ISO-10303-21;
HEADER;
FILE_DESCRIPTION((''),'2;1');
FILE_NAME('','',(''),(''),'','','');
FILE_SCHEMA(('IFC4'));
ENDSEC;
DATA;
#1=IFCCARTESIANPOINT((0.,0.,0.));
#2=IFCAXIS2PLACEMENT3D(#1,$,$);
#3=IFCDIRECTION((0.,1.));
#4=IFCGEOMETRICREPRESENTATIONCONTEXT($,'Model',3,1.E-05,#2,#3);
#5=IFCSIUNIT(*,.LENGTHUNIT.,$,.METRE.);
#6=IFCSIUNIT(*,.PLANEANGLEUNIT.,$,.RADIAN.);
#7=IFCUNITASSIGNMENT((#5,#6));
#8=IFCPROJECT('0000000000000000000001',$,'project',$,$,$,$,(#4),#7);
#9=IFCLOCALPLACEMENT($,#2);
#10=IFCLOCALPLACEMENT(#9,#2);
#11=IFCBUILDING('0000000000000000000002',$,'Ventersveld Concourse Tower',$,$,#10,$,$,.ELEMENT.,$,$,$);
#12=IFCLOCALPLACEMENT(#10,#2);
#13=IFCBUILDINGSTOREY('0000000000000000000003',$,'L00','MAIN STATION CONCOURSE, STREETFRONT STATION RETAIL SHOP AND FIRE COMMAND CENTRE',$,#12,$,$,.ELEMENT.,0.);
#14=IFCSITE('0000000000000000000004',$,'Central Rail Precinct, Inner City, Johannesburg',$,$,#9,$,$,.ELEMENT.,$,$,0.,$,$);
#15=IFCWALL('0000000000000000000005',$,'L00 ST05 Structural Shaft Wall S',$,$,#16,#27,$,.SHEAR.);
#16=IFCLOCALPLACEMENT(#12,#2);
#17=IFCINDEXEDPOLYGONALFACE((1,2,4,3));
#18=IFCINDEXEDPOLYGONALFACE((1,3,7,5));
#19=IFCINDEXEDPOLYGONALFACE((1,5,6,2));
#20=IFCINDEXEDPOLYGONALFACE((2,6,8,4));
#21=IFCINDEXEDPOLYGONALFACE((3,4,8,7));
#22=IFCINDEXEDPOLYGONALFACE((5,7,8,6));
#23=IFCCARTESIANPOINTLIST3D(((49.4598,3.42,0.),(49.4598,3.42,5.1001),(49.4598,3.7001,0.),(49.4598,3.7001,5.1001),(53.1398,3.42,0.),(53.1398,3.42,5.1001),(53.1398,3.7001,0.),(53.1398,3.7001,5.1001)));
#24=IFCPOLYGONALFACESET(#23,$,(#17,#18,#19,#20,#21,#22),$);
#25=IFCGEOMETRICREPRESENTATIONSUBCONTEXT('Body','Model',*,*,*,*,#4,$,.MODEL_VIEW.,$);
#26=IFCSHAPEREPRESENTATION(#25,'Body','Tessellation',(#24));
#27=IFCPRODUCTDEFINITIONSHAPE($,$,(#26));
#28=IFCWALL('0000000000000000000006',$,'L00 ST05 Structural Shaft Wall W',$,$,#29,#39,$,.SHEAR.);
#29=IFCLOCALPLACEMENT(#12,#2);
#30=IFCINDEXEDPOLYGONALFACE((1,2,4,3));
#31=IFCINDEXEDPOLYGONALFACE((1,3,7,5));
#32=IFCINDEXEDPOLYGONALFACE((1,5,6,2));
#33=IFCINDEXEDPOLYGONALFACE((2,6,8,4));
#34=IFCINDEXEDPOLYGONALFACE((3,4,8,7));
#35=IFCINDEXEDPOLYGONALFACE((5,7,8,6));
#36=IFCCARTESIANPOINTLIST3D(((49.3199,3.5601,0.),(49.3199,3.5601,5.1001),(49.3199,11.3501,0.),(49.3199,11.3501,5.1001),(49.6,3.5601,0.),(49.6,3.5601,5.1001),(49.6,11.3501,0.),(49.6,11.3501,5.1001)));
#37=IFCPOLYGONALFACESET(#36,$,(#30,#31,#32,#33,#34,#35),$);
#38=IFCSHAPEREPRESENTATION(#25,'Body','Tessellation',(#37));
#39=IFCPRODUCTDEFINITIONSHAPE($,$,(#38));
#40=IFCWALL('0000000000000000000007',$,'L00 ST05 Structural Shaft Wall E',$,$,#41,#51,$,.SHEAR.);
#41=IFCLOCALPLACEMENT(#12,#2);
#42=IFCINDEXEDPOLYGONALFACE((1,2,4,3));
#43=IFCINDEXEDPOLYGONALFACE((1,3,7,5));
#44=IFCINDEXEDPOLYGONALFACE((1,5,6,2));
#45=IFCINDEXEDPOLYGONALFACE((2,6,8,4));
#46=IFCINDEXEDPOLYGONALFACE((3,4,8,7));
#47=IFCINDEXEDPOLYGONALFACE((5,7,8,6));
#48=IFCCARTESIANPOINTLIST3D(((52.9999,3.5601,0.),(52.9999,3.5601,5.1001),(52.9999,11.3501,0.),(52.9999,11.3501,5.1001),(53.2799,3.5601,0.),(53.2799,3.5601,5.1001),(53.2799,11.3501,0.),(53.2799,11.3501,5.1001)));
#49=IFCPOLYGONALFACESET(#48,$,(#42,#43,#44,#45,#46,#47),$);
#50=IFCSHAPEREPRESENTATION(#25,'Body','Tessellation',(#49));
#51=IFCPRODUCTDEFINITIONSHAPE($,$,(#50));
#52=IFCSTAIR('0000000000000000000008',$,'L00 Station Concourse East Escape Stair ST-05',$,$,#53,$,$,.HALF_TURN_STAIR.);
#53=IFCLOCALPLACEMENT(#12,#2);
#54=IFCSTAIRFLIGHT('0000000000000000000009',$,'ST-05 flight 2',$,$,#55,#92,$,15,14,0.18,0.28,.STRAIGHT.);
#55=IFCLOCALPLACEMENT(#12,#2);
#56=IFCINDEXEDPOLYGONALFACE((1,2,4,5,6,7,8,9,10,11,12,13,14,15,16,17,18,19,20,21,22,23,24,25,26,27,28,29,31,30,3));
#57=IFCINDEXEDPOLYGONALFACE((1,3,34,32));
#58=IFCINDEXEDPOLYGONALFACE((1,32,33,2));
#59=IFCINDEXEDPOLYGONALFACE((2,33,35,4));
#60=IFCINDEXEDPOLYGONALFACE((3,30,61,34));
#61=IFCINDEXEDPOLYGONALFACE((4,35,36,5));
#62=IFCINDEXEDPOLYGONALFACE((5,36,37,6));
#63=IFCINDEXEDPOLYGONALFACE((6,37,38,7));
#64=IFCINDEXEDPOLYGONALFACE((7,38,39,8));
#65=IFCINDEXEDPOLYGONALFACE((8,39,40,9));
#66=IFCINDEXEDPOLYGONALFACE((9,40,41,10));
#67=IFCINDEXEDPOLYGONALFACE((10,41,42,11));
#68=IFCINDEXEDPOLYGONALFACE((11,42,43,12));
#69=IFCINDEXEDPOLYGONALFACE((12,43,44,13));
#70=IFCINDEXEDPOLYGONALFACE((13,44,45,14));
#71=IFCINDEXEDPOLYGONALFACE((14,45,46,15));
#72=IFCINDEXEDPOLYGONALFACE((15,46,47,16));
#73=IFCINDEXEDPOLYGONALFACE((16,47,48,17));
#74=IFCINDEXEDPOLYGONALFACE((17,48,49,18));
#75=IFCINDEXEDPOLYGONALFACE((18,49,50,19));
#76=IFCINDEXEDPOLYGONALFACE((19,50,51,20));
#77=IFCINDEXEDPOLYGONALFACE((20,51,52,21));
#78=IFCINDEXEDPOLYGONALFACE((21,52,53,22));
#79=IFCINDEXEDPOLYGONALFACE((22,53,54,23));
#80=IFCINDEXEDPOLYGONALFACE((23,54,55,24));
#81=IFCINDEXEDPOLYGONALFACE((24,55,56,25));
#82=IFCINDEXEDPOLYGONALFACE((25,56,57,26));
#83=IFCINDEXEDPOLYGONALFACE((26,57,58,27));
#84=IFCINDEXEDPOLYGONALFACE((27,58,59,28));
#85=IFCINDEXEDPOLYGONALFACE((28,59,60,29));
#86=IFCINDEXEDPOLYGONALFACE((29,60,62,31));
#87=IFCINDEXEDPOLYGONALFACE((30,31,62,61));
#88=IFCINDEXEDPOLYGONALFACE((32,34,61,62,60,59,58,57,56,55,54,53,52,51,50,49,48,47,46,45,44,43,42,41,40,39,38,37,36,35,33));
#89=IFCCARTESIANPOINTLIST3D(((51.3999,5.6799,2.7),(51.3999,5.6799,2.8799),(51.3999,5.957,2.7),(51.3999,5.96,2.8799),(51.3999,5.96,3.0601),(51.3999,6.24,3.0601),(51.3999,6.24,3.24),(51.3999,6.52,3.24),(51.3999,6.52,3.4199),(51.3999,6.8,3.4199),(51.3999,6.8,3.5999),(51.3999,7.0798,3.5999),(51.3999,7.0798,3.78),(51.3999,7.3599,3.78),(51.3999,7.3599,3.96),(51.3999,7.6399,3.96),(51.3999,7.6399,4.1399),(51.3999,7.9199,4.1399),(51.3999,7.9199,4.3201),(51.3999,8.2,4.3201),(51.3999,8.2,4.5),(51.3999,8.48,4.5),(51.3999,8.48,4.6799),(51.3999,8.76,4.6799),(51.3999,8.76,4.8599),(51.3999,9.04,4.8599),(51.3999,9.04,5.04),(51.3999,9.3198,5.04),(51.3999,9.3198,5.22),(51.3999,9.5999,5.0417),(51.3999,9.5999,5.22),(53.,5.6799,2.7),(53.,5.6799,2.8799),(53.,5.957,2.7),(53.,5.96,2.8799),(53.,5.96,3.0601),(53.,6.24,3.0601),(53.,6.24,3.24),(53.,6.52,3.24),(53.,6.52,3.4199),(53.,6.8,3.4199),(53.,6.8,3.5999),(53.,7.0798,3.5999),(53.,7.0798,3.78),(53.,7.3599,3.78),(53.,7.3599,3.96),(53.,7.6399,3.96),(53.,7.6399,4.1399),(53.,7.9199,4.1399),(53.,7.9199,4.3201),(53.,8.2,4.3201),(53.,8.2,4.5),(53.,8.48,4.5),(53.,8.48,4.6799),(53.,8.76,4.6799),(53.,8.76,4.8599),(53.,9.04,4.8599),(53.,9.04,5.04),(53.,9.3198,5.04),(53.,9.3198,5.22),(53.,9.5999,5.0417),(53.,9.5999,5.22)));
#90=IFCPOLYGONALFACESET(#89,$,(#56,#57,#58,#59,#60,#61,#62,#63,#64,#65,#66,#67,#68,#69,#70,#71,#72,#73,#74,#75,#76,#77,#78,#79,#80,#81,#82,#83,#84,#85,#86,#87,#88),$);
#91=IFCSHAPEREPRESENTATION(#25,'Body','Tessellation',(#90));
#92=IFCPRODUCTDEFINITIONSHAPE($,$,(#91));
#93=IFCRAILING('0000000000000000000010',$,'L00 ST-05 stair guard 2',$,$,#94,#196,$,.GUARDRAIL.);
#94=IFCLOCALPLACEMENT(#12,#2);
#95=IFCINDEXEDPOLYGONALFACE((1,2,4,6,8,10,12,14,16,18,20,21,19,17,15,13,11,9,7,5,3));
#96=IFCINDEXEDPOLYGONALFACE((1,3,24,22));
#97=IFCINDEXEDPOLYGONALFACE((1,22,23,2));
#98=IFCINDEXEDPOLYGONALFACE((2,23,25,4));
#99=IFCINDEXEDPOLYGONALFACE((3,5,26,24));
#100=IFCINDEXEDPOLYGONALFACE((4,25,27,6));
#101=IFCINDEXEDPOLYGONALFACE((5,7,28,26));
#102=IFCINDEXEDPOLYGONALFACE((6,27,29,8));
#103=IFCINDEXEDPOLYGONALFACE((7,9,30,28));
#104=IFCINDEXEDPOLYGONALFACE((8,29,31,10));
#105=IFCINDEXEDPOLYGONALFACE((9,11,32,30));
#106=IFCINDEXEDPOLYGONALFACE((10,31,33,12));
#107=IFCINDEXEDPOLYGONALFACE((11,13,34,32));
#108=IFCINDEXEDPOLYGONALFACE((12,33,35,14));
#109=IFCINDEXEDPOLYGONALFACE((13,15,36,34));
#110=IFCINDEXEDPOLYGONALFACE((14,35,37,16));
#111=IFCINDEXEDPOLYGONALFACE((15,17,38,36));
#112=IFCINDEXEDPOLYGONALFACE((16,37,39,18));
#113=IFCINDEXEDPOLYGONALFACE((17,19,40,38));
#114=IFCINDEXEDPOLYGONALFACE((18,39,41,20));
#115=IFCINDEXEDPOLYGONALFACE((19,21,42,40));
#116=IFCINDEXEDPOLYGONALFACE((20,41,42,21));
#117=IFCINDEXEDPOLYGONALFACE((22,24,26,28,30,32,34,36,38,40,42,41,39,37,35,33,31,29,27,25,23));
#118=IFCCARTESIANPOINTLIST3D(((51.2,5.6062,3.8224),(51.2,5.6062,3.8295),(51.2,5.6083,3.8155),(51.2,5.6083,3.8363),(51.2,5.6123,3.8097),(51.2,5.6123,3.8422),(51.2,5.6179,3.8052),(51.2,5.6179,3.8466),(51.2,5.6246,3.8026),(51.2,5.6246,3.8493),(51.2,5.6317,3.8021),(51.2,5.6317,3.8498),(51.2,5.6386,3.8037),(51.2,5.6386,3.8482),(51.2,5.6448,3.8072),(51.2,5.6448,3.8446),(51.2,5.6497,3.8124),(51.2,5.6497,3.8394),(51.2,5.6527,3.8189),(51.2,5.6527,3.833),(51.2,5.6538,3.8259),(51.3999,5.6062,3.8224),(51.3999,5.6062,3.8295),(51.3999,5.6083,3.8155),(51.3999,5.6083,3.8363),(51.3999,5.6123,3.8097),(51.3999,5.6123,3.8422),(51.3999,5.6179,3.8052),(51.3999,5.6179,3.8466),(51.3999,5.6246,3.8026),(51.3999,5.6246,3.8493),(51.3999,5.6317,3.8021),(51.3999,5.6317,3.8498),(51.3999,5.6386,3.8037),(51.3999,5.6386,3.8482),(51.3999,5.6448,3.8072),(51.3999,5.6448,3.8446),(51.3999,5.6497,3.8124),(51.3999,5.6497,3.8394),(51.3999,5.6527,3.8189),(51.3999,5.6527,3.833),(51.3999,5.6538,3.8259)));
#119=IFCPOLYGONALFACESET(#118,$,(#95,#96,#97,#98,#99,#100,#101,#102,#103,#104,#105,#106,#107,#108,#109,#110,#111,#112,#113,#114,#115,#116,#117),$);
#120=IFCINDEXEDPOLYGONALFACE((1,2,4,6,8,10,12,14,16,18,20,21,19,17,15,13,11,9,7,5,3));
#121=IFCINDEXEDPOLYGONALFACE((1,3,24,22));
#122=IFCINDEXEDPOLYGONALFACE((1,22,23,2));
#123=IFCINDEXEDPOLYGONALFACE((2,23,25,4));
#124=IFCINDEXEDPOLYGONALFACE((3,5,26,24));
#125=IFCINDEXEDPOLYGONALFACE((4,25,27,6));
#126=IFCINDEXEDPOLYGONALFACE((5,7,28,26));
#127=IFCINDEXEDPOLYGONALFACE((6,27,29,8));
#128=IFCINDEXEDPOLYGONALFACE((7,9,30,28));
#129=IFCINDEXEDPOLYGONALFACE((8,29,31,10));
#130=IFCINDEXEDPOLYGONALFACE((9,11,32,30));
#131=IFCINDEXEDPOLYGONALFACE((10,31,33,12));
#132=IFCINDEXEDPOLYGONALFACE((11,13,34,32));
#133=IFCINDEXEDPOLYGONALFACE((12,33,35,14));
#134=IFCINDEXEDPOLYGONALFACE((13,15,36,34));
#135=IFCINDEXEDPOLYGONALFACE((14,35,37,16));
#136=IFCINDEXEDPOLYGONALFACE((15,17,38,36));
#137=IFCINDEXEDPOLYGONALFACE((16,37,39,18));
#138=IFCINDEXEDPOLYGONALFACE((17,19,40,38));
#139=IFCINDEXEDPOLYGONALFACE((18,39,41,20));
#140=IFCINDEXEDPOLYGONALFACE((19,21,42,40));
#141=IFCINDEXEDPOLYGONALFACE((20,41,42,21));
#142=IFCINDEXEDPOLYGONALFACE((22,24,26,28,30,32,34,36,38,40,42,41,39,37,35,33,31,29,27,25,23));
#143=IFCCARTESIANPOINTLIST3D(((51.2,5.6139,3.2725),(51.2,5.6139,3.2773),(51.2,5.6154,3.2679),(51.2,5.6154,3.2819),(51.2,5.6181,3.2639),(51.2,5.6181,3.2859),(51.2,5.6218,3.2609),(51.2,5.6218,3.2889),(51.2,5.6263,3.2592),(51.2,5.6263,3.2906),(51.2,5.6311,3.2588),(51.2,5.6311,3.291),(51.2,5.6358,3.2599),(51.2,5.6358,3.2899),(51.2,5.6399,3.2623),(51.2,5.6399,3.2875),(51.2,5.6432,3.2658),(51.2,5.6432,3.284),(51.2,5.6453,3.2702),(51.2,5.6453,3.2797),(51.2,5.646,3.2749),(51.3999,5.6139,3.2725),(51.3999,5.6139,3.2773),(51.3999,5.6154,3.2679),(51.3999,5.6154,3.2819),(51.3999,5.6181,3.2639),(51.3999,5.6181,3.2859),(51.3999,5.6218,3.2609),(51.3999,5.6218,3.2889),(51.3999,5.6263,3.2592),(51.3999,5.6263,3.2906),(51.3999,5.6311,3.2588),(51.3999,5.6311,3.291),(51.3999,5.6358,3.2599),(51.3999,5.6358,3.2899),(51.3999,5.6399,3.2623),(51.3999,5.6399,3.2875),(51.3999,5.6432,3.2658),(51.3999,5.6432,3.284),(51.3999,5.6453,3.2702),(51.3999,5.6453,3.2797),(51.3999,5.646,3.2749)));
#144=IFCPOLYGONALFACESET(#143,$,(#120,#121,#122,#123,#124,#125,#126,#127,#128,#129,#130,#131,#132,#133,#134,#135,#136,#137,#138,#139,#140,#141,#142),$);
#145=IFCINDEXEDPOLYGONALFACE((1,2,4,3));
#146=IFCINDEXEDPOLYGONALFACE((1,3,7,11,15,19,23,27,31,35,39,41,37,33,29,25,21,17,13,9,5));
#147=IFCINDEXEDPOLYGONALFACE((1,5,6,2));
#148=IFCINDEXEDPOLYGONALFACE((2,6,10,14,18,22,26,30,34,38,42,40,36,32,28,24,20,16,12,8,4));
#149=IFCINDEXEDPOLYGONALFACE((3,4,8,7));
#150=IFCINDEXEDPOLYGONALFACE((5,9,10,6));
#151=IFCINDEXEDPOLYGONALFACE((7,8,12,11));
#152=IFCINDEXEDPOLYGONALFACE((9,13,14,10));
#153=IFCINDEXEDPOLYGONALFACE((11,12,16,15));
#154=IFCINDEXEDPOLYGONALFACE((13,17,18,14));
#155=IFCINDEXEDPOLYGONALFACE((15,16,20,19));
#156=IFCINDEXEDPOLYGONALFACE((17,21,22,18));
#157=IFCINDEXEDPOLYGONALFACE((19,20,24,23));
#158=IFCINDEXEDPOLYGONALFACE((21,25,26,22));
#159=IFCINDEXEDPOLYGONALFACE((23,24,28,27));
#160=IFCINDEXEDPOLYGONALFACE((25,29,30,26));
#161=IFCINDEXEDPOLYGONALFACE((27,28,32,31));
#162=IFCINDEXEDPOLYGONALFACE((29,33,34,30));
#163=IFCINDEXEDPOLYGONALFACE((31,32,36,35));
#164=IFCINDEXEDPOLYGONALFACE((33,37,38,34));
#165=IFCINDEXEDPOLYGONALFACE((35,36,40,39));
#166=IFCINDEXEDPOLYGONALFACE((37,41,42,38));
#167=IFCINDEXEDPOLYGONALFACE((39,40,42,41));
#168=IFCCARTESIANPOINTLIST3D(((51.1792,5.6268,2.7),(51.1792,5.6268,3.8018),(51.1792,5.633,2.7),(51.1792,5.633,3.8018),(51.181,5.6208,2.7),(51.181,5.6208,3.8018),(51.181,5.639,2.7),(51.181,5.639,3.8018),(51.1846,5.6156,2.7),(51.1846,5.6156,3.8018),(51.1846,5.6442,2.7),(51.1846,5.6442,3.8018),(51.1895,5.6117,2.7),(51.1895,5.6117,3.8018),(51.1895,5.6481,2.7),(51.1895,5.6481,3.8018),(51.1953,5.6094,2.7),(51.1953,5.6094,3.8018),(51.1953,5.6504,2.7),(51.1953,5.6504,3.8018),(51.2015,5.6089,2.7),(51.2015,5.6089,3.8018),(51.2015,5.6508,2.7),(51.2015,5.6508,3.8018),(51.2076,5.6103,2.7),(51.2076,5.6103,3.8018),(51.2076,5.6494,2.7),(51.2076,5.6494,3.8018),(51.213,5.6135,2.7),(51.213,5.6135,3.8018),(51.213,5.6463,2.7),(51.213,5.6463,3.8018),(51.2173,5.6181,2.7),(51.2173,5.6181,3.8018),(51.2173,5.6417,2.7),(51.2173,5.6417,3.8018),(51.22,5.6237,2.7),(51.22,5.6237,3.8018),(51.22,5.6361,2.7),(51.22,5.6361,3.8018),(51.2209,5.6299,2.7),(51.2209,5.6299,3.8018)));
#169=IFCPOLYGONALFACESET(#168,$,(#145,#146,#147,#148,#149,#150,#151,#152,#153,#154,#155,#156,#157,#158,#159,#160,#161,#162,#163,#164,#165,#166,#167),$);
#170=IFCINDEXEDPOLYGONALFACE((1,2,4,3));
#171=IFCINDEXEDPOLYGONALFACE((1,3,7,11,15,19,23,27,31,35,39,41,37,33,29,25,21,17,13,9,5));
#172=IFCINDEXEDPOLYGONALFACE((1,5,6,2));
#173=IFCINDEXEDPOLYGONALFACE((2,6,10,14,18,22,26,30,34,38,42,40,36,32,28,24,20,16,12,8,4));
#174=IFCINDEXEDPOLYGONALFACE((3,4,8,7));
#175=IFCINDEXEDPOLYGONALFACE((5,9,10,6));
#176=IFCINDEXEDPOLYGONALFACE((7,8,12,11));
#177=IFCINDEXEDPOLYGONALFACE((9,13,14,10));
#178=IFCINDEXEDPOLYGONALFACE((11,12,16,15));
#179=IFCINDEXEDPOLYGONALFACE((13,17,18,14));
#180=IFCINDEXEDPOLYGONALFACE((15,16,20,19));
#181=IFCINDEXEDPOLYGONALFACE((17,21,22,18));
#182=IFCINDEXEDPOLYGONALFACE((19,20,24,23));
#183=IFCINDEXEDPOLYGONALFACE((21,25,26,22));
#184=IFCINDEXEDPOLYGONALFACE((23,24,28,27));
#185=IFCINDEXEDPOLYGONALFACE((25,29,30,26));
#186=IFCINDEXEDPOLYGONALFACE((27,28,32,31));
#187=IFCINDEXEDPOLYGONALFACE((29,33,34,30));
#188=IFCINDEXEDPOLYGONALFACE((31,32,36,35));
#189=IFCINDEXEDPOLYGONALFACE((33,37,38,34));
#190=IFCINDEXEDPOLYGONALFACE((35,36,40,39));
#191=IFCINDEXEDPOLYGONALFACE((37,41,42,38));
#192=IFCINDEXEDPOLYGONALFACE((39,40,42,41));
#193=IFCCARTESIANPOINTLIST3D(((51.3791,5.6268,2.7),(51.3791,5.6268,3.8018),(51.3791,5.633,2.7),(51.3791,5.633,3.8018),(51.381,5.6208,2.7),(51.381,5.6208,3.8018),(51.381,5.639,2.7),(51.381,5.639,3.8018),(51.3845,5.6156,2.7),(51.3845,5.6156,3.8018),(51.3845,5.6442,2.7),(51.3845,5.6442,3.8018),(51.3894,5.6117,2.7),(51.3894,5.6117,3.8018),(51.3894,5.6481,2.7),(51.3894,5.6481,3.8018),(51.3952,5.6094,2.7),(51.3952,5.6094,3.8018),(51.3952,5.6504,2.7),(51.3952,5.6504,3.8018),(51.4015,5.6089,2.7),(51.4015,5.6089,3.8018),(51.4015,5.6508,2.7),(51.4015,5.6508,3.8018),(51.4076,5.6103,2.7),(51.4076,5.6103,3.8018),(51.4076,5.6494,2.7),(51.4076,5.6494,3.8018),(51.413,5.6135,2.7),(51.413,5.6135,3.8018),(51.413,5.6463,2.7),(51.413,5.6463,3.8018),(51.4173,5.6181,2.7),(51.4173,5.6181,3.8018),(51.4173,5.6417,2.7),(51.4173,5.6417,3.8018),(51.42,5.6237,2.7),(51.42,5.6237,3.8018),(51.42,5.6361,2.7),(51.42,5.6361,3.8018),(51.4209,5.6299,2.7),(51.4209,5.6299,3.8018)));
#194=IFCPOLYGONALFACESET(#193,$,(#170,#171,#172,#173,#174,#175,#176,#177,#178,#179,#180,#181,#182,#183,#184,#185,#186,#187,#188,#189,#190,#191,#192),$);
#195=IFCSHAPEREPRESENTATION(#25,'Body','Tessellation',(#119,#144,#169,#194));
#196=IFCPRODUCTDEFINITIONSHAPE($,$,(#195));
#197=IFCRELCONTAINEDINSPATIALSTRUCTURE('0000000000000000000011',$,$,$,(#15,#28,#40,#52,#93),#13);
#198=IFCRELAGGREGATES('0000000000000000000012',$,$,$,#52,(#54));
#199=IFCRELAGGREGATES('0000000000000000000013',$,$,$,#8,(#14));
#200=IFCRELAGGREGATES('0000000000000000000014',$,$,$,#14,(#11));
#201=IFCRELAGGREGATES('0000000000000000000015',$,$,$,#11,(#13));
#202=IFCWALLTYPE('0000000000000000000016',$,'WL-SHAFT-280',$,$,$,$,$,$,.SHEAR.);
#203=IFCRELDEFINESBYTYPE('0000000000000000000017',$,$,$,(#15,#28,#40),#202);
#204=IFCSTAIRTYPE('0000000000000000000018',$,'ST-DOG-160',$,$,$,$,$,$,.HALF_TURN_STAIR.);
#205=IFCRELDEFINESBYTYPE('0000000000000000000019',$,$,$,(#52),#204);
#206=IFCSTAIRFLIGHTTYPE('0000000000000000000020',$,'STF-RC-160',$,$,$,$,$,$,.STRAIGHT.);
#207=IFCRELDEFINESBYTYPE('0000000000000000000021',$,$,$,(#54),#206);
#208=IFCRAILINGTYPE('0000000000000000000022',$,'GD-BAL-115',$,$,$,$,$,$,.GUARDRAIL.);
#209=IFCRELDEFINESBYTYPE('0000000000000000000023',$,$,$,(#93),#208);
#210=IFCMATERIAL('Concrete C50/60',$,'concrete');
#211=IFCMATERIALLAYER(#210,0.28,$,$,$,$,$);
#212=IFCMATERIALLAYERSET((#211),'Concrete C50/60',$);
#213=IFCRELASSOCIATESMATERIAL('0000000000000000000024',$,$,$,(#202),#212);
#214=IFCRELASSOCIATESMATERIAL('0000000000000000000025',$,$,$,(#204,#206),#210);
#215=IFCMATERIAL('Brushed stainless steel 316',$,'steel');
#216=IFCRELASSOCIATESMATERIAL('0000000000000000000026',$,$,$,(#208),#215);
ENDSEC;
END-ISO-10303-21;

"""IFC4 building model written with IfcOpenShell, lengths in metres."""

from ifc_helpers import new_model, si_unit, direction, frame, frame_2d, origin, origin_2d, place, context, subcontext, project, spatial, polyline, rectangle, circle, outline, extrude, material, layer, layer_set, type_object, element, aggregate, save


model = new_model("IFC4")

# Units and contexts
model_context = context("Model", 3, precision=1e-05, world=origin(), true_north=direction((0.0, 1.0)))
body_context = subcontext(model_context, "Body", "Model", "MODEL_VIEW")
ifc_project = project(units=[si_unit("LENGTHUNIT", "METRE"), si_unit("PLANEANGLEUNIT", "RADIAN")], contexts=[model_context])

# Site, building, storey
site_placement = place(None, origin())
site = spatial("IfcSite", under=ifc_project, at=site_placement, Name="Central Rail Precinct, Inner City, Johannesburg", CompositionType="ELEMENT", RefElevation=0.0)
building_placement = place(site_placement, origin())
building = spatial("IfcBuilding", under=site, at=building_placement, Name="Ventersveld Concourse Tower", CompositionType="ELEMENT")
storey_placement = place(building_placement, origin())
storey = spatial("IfcBuildingStorey", under=building, at=storey_placement, Name="L00", Description="MAIN STATION CONCOURSE, STREETFRONT STATION RETAIL SHOP AND FIRE COMMAND CENTRE", CompositionType="ELEMENT", Elevation=0.0)

# Shared definitions
ifc_material_1 = material(Name="Concrete C50/60", Category="concrete")

# Shared definitions
ifc_material_2 = material(Name="Brushed stainless steel 316", Category="steel")

# Walls
ifc_layer_1 = layer(ifc_material_1, 0.28)
ifc_layer_set_1 = layer_set([ifc_layer_1], Name="Concrete C50/60")
wall_type_1 = type_object("IfcWallType", Name="WL-SHAFT-280", PredefinedType="SHEAR", material=ifc_layer_set_1)
wall_1_placement = place(storey_placement, frame((49.46, 3.5601, 0.0), z_axis=(0.0, 0.0, 1.0), x_axis=(1.0, 0.0, 0.0)))
element("IfcWall", 1, at=wall_1_placement, inside=storey, type_object=wall_type_1, Name="L00 ST05 Structural Shaft Wall S", PredefinedType="SHEAR", context=body_context, shape_type="SweptSolid", body=[
    extrude(rectangle(XDim=3.6799, YDim=0.28, at=frame_2d((1.8398, 0.0))), origin(), (0.0, 0.0, 1.0), 5.1001),
])
for number, where, z_axis, x_axis, name in (
    (2, (49.46, 3.5601, 0.0), (0.0, 0.0, 1.0), (0.0, 1.0, 0.0), "L00 ST05 Structural Shaft Wall W"),
    (3, (53.1399, 3.5601, 0.0), (0.0, 0.0, 1.0), (0.0, 1.0, 0.0), "L00 ST05 Structural Shaft Wall E"),
):
    element("IfcWall", number, at=place(storey_placement, frame(where, z_axis=z_axis, x_axis=x_axis)), inside=storey, type_object=wall_type_1, Name=name, PredefinedType="SHEAR", context=body_context, shape_type="SweptSolid", body=[
        extrude(rectangle(XDim=7.79, YDim=0.28, at=frame_2d((3.895, 0.0))), origin(), (0.0, 0.0, 1.0), 5.1001),
    ])

# Stair, stair flight
stair_type = type_object("IfcStairType", Name="ST-DOG-160", PredefinedType="HALF_TURN_STAIR", material=ifc_material_1)
stair_placement = place(storey_placement, origin())
stair = element("IfcStair", 4, at=stair_placement, inside=storey, type_object=stair_type, Name="L00 Station Concourse East Escape Stair ST-05", PredefinedType="HALF_TURN_STAIR")
stair_flight_type = type_object("IfcStairFlightType", Name="STF-RC-160", PredefinedType="STRAIGHT", material=ifc_material_1)
stair_flight_placement = place(storey_placement, frame((52.2, 5.6799, 2.7), z_axis=(0.0, 0.0, 1.0), x_axis=(0.0, 1.0, 0.0)))
stair_flight = element("IfcStairFlight", 5, at=stair_flight_placement, type_object=stair_flight_type, Name="ST-05 flight 2", NumberOfRisers=15, NumberOfTreads=14, PredefinedType="STRAIGHT", RiserHeight=0.18, TreadLength=0.28, context=body_context, shape_type="SweptSolid", body=[
    extrude(outline(polyline([(0.0, 0.0), (0.0, 0.1799), (0.28, 0.1799), (0.28, 0.3601), (0.5601, 0.3601), (0.5601, 0.54), (0.8401, 0.54), (0.8401, 0.72), (1.1201, 0.72), (1.1201, 0.8999), (1.3999, 0.8999), (1.3999, 1.0801), (1.6799, 1.0801), (1.6799, 1.26), (1.96, 1.26), (1.96, 1.4399), (2.24, 1.4399), (2.24, 1.6201), (2.52, 1.6201), (2.52, 1.8), (2.8, 1.8), (2.8, 1.98), (3.0801, 1.98), (3.0801, 2.1599), (3.3601, 2.1599), (3.3601, 2.3401), (3.6399, 2.3401), (3.6399, 2.52), (3.9199, 2.52), (3.9199, 2.7), (3.9199, 2.3418), (0.2771, 0.0), (0.0, 0.0)])), frame((0.0, 0.8, 0.0), z_axis=(0.0, -1.0, 0.0), x_axis=(1.0, 0.0, 0.0)), (0.0, 0.0, 1.0), 1.6001),
])
aggregate(stair, [stair_flight])

# Railing
railing_type_1 = type_object("IfcRailingType", Name="GD-BAL-115", PredefinedType="GUARDRAIL", material=ifc_material_2)
railing_1_placement = place(storey_placement, frame((51.2, 5.6299, 2.7)))
element("IfcRailing", 6, at=railing_1_placement, inside=storey, type_object=railing_type_1, Name="L00 ST-05 stair guard 2", PredefinedType="GUARDRAIL", context=body_context, shape_type="SweptSolid", body=[
    extrude(circle(Radius=0.0239, at=origin_2d()), frame((0.0, 0.0, 1.126), z_axis=(1.0, 0.0, 0.0), x_axis=(0.0, 1.0, 0.0)), (0.0, 0.0, 1.0), 0.2),
    extrude(circle(Radius=0.0161, at=origin_2d()), frame((0.0, 0.0, 0.575), z_axis=(1.0, 0.0, 0.0), x_axis=(0.0, 1.0, 0.0)), (0.0, 0.0, 1.0), 0.2),
    extrude(circle(Radius=0.021, at=origin_2d()), origin(), (0.0, 0.0, 1.0), 1.1018),
    extrude(circle(Radius=0.021, at=origin_2d()), frame((0.2, 0.0, 0.0)), (0.0, 0.0, 1.0), 1.1018),
])

save(model, "model.ifc")
